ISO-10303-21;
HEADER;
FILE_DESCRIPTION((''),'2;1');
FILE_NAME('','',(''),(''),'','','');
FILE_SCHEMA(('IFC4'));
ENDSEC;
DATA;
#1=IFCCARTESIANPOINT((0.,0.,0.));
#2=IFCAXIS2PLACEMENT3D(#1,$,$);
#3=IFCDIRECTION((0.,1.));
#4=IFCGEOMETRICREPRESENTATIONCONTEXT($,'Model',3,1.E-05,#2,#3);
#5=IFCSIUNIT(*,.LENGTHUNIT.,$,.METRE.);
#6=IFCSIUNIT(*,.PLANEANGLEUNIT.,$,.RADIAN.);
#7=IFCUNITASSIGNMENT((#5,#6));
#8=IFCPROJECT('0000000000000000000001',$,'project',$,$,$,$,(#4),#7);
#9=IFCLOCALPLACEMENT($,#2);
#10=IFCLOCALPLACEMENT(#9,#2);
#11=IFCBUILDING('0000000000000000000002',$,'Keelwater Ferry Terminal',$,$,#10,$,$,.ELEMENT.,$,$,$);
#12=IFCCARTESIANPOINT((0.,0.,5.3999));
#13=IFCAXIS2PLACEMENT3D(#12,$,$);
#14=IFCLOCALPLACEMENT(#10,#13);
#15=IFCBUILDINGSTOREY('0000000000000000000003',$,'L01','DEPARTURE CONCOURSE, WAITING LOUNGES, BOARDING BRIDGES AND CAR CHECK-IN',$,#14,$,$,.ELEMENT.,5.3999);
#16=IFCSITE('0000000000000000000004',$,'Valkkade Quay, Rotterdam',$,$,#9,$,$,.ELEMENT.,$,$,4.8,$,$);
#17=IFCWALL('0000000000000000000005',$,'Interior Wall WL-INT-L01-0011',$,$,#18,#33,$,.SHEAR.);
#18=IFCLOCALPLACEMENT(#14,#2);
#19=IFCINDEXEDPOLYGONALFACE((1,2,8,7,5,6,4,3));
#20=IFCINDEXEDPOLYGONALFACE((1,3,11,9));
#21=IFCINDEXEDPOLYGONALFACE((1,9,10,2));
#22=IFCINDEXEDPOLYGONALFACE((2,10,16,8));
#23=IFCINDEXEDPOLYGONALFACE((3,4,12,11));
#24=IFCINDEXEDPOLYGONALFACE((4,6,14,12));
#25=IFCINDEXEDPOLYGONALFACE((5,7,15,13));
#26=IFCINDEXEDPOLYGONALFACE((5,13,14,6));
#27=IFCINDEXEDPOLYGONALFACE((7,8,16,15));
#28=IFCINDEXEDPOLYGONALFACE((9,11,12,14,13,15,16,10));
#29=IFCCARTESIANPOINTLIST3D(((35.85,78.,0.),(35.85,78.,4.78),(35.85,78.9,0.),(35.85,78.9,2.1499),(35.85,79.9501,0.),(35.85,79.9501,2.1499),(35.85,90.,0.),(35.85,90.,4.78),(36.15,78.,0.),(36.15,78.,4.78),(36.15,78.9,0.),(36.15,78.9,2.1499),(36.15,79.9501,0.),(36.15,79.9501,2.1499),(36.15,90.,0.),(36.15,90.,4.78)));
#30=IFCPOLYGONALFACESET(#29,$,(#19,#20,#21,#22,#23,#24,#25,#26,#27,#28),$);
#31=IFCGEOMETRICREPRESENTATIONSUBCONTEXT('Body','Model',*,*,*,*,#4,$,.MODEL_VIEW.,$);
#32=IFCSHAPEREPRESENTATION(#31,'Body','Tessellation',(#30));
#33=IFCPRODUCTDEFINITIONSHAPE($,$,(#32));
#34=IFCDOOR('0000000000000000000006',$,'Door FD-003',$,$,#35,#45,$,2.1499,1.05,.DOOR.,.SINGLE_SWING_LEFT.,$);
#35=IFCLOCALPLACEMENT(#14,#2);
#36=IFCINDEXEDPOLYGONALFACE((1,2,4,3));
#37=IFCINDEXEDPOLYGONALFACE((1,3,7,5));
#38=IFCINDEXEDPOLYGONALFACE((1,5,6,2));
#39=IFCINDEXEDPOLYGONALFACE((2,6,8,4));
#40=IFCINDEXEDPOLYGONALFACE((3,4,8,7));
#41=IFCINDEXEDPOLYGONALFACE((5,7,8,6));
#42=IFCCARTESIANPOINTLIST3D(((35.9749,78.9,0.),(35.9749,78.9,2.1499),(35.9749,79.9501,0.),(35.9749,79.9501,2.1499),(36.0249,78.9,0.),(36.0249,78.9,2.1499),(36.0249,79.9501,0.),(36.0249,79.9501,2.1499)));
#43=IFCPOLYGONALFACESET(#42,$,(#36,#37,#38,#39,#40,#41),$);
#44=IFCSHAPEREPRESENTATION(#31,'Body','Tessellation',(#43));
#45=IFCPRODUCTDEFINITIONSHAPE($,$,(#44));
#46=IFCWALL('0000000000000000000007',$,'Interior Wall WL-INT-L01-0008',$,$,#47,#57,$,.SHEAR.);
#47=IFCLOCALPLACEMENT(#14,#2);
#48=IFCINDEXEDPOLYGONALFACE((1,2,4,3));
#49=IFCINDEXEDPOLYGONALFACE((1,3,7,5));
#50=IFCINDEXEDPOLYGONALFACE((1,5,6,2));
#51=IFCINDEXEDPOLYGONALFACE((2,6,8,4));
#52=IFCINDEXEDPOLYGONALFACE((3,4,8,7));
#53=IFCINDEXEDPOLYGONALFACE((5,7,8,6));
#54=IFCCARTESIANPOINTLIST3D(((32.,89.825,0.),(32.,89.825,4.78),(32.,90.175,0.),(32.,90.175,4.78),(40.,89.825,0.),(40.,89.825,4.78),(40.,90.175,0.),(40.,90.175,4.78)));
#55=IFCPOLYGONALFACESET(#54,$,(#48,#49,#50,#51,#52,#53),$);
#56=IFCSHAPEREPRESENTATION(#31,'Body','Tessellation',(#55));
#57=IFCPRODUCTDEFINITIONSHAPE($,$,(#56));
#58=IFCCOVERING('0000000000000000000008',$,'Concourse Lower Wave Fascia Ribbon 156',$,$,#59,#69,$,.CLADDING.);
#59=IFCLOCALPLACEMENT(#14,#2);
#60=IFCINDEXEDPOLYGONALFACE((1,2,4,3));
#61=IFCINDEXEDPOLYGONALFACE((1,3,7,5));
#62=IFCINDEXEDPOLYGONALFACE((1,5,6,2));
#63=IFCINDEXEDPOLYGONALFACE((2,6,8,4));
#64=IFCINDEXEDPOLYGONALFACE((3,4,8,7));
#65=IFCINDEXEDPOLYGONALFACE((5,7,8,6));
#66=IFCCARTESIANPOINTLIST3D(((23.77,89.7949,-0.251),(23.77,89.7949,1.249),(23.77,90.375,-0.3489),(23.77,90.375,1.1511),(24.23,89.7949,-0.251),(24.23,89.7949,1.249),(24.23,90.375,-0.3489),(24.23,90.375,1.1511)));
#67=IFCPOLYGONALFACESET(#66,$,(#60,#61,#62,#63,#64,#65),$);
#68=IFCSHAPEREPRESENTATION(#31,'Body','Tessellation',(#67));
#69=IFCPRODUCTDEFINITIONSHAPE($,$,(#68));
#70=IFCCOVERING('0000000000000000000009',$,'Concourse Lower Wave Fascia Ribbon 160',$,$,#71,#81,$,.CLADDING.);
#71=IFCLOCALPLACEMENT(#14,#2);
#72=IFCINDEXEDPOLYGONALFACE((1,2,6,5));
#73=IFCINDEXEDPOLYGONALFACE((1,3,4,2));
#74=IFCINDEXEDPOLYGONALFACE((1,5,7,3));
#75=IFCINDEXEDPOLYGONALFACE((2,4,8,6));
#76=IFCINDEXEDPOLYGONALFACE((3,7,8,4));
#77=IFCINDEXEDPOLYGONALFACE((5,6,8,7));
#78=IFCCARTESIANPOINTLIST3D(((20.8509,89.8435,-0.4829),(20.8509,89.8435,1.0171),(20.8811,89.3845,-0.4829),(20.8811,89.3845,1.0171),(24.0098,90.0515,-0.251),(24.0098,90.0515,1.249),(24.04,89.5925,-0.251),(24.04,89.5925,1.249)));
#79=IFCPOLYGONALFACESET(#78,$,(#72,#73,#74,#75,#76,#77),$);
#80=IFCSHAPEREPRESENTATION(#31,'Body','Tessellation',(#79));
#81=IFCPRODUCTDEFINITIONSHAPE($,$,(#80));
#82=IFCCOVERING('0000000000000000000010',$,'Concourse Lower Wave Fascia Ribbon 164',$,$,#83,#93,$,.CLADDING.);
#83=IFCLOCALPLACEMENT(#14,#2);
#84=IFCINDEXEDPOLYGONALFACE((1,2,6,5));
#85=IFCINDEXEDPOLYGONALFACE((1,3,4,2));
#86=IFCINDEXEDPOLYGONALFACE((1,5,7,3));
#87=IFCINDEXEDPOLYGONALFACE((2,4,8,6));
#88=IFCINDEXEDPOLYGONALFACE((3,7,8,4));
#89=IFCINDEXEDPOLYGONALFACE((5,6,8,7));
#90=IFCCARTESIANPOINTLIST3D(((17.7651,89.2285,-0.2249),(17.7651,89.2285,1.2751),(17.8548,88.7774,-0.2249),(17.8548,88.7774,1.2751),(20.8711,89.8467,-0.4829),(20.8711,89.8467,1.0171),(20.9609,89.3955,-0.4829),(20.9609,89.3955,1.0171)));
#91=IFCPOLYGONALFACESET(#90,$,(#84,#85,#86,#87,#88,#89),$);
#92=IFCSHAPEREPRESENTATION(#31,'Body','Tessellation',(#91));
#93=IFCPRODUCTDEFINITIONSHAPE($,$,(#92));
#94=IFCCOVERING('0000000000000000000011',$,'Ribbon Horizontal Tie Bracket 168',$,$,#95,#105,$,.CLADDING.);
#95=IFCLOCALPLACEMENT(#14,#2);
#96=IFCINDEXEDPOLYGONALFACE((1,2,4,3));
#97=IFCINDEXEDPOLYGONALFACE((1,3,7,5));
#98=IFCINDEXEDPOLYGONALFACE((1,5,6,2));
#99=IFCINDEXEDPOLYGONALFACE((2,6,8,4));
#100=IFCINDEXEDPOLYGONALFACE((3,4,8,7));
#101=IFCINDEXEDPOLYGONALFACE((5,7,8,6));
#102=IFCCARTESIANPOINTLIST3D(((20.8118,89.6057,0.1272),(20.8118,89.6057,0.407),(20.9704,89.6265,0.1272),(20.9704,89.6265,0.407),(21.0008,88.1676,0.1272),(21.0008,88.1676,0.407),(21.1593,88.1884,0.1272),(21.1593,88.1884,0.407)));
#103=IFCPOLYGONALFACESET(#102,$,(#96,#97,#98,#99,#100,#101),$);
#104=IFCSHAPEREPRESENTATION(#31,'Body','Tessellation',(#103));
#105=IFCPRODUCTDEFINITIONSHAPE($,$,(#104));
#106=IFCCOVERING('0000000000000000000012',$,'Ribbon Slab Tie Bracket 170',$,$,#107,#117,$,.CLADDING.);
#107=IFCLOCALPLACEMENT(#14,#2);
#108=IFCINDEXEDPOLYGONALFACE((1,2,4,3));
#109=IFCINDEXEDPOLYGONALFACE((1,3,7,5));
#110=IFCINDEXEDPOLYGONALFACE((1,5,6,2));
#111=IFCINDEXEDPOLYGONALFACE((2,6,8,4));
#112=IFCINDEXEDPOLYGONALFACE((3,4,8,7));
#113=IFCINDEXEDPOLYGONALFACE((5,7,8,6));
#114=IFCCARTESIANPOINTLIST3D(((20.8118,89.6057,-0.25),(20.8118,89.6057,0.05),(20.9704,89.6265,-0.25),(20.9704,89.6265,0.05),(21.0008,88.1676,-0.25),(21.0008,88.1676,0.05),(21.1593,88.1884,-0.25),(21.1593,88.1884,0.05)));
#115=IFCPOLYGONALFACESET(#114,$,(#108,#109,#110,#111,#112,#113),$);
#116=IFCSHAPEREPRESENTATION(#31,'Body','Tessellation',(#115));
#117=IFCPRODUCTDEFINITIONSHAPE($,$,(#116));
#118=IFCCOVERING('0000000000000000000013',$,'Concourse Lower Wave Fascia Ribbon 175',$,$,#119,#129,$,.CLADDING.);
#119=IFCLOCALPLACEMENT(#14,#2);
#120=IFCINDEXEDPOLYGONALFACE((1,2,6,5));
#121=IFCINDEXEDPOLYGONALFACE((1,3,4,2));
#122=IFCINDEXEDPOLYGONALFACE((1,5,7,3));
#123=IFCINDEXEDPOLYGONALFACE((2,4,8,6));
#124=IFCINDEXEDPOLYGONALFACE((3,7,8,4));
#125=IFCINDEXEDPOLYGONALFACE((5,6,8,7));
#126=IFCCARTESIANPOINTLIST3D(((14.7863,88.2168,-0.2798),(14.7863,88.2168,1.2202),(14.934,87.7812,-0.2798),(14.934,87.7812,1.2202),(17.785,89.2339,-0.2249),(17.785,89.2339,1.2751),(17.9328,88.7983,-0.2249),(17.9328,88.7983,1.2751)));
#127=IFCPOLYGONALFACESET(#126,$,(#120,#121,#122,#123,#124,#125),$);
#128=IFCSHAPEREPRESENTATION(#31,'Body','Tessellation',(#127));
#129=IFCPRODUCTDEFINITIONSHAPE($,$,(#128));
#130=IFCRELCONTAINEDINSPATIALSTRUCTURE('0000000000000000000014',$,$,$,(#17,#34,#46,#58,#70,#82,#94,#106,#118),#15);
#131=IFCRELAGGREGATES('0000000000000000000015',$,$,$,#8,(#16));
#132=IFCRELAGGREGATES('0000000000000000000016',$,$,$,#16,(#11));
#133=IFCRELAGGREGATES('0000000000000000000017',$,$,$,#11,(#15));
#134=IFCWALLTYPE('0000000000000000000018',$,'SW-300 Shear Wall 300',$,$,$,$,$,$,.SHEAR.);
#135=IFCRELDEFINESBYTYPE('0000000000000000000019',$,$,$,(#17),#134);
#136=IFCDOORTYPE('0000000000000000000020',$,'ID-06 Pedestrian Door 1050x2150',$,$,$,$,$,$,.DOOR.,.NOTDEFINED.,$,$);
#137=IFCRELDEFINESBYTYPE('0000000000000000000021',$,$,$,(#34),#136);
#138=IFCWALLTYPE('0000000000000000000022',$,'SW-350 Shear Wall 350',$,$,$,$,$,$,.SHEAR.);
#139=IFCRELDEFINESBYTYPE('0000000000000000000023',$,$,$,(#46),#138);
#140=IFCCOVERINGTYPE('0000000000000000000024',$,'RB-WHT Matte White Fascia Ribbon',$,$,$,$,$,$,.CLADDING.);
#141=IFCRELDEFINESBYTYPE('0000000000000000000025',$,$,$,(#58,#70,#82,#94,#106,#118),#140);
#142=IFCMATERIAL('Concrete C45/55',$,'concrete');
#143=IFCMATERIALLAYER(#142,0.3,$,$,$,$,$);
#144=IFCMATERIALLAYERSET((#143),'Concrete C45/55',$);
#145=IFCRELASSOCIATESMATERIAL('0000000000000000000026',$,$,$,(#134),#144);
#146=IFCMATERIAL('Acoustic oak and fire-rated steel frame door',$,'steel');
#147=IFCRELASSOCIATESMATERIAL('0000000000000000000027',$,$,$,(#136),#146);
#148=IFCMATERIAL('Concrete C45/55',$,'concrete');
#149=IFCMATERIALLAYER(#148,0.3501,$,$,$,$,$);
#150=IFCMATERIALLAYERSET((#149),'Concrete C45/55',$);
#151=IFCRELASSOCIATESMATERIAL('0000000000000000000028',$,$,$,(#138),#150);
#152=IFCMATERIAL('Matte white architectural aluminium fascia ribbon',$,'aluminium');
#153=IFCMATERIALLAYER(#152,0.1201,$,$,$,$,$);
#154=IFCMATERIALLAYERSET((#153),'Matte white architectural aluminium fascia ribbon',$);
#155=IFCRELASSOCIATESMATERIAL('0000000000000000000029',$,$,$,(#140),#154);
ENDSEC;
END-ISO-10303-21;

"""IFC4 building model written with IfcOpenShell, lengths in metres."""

from ifc_helpers import new_model, si_unit, direction, frame, frame_2d, origin, place, context, subcontext, project, spatial, polyline, rectangle, outline, extrude, material, layer, layer_set, type_object, element, fill, save


model = new_model("IFC4")

# Units and contexts
model_context = context("Model", 3, precision=1e-05, world=origin(), true_north=direction((0.0, 1.0)))
body_context = subcontext(model_context, "Body", "Model", "MODEL_VIEW")
ifc_project = project(units=[si_unit("LENGTHUNIT", "METRE"), si_unit("PLANEANGLEUNIT", "RADIAN")], contexts=[model_context])

# Site, building, storey
site_placement = place(None, origin())
site = spatial("IfcSite", under=ifc_project, at=site_placement, Name="Valkkade Quay, Rotterdam", CompositionType="ELEMENT", RefElevation=4.8)
building_placement = place(site_placement, origin())
building = spatial("IfcBuilding", under=site, at=building_placement, Name="Keelwater Ferry Terminal", CompositionType="ELEMENT")
storey_placement = place(building_placement, frame((0.0, 0.0, 5.3999)))
storey = spatial("IfcBuildingStorey", under=building, at=storey_placement, Name="L01", Description="DEPARTURE CONCOURSE, WAITING LOUNGES, BOARDING BRIDGES AND CAR CHECK-IN", CompositionType="ELEMENT", Elevation=5.3999)

# Wall, opening, door
ifc_material_1 = material(Name="Concrete C45/55", Category="concrete")
ifc_layer_1 = layer(ifc_material_1, 0.3)
ifc_layer_set_1 = layer_set([ifc_layer_1], Name="Concrete C45/55")
wall_type_1 = type_object("IfcWallType", Name="SW-300 Shear Wall 300", PredefinedType="SHEAR", material=ifc_layer_set_1)
wall_1_placement = place(storey_placement, frame((36.0, 90.0, 0.0), z_axis=(0.0, 0.0, 1.0), x_axis=(0.0, -1.0, 0.0)))
wall_1 = element("IfcWall", 1, at=wall_1_placement, inside=storey, type_object=wall_type_1, Name="Interior Wall WL-INT-L01-0011", PredefinedType="SHEAR", context=body_context, shape_type="SweptSolid", body=[
    extrude(rectangle(XDim=12.0, YDim=0.3, at=frame_2d((6.0, 0.0))), origin(), (0.0, 0.0, 1.0), 4.78),
])
opening_1_placement = place(wall_1_placement, frame((10.05, 0.0, 0.0)))
opening_1 = element("IfcOpeningElement", 2, at=opening_1_placement, cuts=wall_1, PredefinedType="OPENING", context=body_context, shape_type="SweptSolid", body=[
    extrude(rectangle(XDim=1.05, YDim=2.1499, at=frame_2d((0.5249, 1.075))), frame((0.0, 0.1599, 0.0), z_axis=(0.0, -1.0, 0.0), x_axis=(1.0, 0.0, 0.0)), (0.0, 0.0, 1.0), 0.3201),
])
ifc_material_2 = material(Name="Acoustic oak and fire-rated steel frame door", Category="steel")
door_type = type_object("IfcDoorType", Name="ID-06 Pedestrian Door 1050x2150", OperationType="NOTDEFINED", PredefinedType="DOOR", material=ifc_material_2)
door_placement = place(opening_1_placement, origin())
door = element("IfcDoor", 3, at=door_placement, inside=storey, type_object=door_type, Name="Door FD-003", OperationType="SINGLE_SWING_LEFT", OverallHeight=2.1499, OverallWidth=1.05, PredefinedType="DOOR", context=body_context, shape_type="SweptSolid", body=[
    extrude(rectangle(XDim=1.05, YDim=2.1499, at=frame_2d((0.5249, 1.075))), frame((0.0, 0.0249, 0.0), z_axis=(0.0, -1.0, 0.0), x_axis=(1.0, 0.0, 0.0)), (0.0, 0.0, 1.0), 0.05),
])
fill(opening_1, door)

# Wall
ifc_material_3 = material(Name="Concrete C45/55", Category="concrete")
ifc_layer_2 = layer(ifc_material_3, 0.3501)
ifc_layer_set_2 = layer_set([ifc_layer_2], Name="Concrete C45/55")
wall_type_2 = type_object("IfcWallType", Name="SW-350 Shear Wall 350", PredefinedType="SHEAR", material=ifc_layer_set_2)
wall_2_placement = place(storey_placement, frame((32.0, 90.0, 0.0), z_axis=(0.0, 0.0, 1.0), x_axis=(1.0, 0.0, 0.0)))
element("IfcWall", 4, at=wall_2_placement, inside=storey, type_object=wall_type_2, Name="Interior Wall WL-INT-L01-0008", PredefinedType="SHEAR", context=body_context, shape_type="SweptSolid", body=[
    extrude(rectangle(XDim=8.0, YDim=0.3501, at=frame_2d((4.0, 0.0))), origin(), (0.0, 0.0, 1.0), 4.78),
])

# Coverings
ifc_material_4 = material(Name="Matte white architectural aluminium fascia ribbon", Category="aluminium")
ifc_layer_3 = layer(ifc_material_4, 0.1201)
ifc_layer_set_3 = layer_set([ifc_layer_3], Name="Matte white architectural aluminium fascia ribbon")
covering_type = type_object("IfcCoveringType", Name="RB-WHT Matte White Fascia Ribbon", PredefinedType="CLADDING", material=ifc_layer_set_3)
covering_1_placement = place(storey_placement, frame((24.0, 90.375, -0.3489), z_axis=(0.0, 0.0, 1.0), x_axis=(0.0, -1.0, 0.0)))
element("IfcCovering", 5, at=covering_1_placement, inside=storey, type_object=covering_type, Name="Concourse Lower Wave Fascia Ribbon 156", PredefinedType="CLADDING", context=body_context, shape_type="SweptSolid", body=[
    extrude(outline(polyline([(0.0, 0.0), (0.5801, 0.0979), (0.5801, 1.5979), (0.0, 1.5), (0.0, 0.0)])), frame((0.0, 0.23, 0.0), z_axis=(0.0, -1.0, 0.0), x_axis=(1.0, 0.0, 0.0)), (0.0, 0.0, 1.0), 0.46),
])
covering_2_placement = place(storey_placement, frame((24.0249, 89.822, -0.4829), z_axis=(0.0, 0.0, 1.0), x_axis=(-0.997839, -0.065705, 0.0)))
element("IfcCovering", 6, at=covering_2_placement, inside=storey, type_object=covering_type, Name="Concourse Lower Wave Fascia Ribbon 160", PredefinedType="CLADDING", context=body_context, shape_type="SweptSolid", body=[
    extrude(outline(polyline([(0.0, 0.2319), (3.1658, 0.0), (3.1658, 1.5), (0.0, 1.7319), (0.0, 0.2319)])), frame((0.0, 0.23, 0.0), z_axis=(0.0, -1.0, 0.0), x_axis=(1.0, 0.0, 0.0)), (0.0, 0.0, 1.0), 0.46),
])
covering_3_placement = place(storey_placement, frame((20.916, 89.6211, -0.4829), z_axis=(0.0, 0.0, 1.0), x_axis=(-0.980764, -0.195197, 0.0)))
element("IfcCovering", 7, at=covering_3_placement, inside=storey, type_object=covering_type, Name="Concourse Lower Wave Fascia Ribbon 164", PredefinedType="CLADDING", context=body_context, shape_type="SweptSolid", body=[
    extrude(outline(polyline([(0.0, 0.0), (3.167, 0.2581), (3.167, 1.7581), (0.0, 1.5), (0.0, 0.0)])), frame((0.0, 0.23, 0.0), z_axis=(0.0, -1.0, 0.0), x_axis=(1.0, 0.0, 0.0)), (0.0, 0.0, 1.0), 0.46),
])
covering_4_placement = place(storey_placement, frame((20.8911, 89.616, 0.1272), z_axis=(0.0, 0.0, 1.0), x_axis=(0.130289, -0.991476, 0.0)))
element("IfcCovering", 8, at=covering_4_placement, inside=storey, type_object=covering_type, Name="Ribbon Horizontal Tie Bracket 168", PredefinedType="CLADDING", context=body_context, shape_type="SweptSolid", body=[
    extrude(rectangle(XDim=1.4504, YDim=0.1599, at=frame_2d((0.7251, 0.0))), origin(), (0.0, 0.0, 1.0), 0.2798),
])
covering_5_placement = place(storey_placement, frame((20.8911, 89.616, -0.25), z_axis=(0.0, 0.0, 1.0), x_axis=(0.130289, -0.991476, 0.0)))
element("IfcCovering", 9, at=covering_5_placement, inside=storey, type_object=covering_type, Name="Ribbon Slab Tie Bracket 170", PredefinedType="CLADDING", context=body_context, shape_type="SweptSolid", body=[
    extrude(rectangle(XDim=1.4504, YDim=0.1599, at=frame_2d((0.7251, 0.0))), origin(), (0.0, 0.0, 1.0), 0.3),
])
covering_6_placement = place(storey_placement, frame((17.8589, 89.0161, -0.2798), z_axis=(0.0, 0.0, 1.0), x_axis=(-0.947013, -0.321196, 0.0)))
element("IfcCovering", 10, at=covering_6_placement, inside=storey, type_object=covering_type, Name="Concourse Lower Wave Fascia Ribbon 175", PredefinedType="CLADDING", context=body_context, shape_type="SweptSolid", body=[
    extrude(outline(polyline([(0.0, 0.0549), (3.1665, 0.0), (3.1665, 1.5), (0.0, 1.5549), (0.0, 0.0549)])), frame((0.0, 0.23, 0.0), z_axis=(0.0, -1.0, 0.0), x_axis=(1.0, 0.0, 0.0)), (0.0, 0.0, 1.0), 0.46),
])

save(model, "model.ifc")
